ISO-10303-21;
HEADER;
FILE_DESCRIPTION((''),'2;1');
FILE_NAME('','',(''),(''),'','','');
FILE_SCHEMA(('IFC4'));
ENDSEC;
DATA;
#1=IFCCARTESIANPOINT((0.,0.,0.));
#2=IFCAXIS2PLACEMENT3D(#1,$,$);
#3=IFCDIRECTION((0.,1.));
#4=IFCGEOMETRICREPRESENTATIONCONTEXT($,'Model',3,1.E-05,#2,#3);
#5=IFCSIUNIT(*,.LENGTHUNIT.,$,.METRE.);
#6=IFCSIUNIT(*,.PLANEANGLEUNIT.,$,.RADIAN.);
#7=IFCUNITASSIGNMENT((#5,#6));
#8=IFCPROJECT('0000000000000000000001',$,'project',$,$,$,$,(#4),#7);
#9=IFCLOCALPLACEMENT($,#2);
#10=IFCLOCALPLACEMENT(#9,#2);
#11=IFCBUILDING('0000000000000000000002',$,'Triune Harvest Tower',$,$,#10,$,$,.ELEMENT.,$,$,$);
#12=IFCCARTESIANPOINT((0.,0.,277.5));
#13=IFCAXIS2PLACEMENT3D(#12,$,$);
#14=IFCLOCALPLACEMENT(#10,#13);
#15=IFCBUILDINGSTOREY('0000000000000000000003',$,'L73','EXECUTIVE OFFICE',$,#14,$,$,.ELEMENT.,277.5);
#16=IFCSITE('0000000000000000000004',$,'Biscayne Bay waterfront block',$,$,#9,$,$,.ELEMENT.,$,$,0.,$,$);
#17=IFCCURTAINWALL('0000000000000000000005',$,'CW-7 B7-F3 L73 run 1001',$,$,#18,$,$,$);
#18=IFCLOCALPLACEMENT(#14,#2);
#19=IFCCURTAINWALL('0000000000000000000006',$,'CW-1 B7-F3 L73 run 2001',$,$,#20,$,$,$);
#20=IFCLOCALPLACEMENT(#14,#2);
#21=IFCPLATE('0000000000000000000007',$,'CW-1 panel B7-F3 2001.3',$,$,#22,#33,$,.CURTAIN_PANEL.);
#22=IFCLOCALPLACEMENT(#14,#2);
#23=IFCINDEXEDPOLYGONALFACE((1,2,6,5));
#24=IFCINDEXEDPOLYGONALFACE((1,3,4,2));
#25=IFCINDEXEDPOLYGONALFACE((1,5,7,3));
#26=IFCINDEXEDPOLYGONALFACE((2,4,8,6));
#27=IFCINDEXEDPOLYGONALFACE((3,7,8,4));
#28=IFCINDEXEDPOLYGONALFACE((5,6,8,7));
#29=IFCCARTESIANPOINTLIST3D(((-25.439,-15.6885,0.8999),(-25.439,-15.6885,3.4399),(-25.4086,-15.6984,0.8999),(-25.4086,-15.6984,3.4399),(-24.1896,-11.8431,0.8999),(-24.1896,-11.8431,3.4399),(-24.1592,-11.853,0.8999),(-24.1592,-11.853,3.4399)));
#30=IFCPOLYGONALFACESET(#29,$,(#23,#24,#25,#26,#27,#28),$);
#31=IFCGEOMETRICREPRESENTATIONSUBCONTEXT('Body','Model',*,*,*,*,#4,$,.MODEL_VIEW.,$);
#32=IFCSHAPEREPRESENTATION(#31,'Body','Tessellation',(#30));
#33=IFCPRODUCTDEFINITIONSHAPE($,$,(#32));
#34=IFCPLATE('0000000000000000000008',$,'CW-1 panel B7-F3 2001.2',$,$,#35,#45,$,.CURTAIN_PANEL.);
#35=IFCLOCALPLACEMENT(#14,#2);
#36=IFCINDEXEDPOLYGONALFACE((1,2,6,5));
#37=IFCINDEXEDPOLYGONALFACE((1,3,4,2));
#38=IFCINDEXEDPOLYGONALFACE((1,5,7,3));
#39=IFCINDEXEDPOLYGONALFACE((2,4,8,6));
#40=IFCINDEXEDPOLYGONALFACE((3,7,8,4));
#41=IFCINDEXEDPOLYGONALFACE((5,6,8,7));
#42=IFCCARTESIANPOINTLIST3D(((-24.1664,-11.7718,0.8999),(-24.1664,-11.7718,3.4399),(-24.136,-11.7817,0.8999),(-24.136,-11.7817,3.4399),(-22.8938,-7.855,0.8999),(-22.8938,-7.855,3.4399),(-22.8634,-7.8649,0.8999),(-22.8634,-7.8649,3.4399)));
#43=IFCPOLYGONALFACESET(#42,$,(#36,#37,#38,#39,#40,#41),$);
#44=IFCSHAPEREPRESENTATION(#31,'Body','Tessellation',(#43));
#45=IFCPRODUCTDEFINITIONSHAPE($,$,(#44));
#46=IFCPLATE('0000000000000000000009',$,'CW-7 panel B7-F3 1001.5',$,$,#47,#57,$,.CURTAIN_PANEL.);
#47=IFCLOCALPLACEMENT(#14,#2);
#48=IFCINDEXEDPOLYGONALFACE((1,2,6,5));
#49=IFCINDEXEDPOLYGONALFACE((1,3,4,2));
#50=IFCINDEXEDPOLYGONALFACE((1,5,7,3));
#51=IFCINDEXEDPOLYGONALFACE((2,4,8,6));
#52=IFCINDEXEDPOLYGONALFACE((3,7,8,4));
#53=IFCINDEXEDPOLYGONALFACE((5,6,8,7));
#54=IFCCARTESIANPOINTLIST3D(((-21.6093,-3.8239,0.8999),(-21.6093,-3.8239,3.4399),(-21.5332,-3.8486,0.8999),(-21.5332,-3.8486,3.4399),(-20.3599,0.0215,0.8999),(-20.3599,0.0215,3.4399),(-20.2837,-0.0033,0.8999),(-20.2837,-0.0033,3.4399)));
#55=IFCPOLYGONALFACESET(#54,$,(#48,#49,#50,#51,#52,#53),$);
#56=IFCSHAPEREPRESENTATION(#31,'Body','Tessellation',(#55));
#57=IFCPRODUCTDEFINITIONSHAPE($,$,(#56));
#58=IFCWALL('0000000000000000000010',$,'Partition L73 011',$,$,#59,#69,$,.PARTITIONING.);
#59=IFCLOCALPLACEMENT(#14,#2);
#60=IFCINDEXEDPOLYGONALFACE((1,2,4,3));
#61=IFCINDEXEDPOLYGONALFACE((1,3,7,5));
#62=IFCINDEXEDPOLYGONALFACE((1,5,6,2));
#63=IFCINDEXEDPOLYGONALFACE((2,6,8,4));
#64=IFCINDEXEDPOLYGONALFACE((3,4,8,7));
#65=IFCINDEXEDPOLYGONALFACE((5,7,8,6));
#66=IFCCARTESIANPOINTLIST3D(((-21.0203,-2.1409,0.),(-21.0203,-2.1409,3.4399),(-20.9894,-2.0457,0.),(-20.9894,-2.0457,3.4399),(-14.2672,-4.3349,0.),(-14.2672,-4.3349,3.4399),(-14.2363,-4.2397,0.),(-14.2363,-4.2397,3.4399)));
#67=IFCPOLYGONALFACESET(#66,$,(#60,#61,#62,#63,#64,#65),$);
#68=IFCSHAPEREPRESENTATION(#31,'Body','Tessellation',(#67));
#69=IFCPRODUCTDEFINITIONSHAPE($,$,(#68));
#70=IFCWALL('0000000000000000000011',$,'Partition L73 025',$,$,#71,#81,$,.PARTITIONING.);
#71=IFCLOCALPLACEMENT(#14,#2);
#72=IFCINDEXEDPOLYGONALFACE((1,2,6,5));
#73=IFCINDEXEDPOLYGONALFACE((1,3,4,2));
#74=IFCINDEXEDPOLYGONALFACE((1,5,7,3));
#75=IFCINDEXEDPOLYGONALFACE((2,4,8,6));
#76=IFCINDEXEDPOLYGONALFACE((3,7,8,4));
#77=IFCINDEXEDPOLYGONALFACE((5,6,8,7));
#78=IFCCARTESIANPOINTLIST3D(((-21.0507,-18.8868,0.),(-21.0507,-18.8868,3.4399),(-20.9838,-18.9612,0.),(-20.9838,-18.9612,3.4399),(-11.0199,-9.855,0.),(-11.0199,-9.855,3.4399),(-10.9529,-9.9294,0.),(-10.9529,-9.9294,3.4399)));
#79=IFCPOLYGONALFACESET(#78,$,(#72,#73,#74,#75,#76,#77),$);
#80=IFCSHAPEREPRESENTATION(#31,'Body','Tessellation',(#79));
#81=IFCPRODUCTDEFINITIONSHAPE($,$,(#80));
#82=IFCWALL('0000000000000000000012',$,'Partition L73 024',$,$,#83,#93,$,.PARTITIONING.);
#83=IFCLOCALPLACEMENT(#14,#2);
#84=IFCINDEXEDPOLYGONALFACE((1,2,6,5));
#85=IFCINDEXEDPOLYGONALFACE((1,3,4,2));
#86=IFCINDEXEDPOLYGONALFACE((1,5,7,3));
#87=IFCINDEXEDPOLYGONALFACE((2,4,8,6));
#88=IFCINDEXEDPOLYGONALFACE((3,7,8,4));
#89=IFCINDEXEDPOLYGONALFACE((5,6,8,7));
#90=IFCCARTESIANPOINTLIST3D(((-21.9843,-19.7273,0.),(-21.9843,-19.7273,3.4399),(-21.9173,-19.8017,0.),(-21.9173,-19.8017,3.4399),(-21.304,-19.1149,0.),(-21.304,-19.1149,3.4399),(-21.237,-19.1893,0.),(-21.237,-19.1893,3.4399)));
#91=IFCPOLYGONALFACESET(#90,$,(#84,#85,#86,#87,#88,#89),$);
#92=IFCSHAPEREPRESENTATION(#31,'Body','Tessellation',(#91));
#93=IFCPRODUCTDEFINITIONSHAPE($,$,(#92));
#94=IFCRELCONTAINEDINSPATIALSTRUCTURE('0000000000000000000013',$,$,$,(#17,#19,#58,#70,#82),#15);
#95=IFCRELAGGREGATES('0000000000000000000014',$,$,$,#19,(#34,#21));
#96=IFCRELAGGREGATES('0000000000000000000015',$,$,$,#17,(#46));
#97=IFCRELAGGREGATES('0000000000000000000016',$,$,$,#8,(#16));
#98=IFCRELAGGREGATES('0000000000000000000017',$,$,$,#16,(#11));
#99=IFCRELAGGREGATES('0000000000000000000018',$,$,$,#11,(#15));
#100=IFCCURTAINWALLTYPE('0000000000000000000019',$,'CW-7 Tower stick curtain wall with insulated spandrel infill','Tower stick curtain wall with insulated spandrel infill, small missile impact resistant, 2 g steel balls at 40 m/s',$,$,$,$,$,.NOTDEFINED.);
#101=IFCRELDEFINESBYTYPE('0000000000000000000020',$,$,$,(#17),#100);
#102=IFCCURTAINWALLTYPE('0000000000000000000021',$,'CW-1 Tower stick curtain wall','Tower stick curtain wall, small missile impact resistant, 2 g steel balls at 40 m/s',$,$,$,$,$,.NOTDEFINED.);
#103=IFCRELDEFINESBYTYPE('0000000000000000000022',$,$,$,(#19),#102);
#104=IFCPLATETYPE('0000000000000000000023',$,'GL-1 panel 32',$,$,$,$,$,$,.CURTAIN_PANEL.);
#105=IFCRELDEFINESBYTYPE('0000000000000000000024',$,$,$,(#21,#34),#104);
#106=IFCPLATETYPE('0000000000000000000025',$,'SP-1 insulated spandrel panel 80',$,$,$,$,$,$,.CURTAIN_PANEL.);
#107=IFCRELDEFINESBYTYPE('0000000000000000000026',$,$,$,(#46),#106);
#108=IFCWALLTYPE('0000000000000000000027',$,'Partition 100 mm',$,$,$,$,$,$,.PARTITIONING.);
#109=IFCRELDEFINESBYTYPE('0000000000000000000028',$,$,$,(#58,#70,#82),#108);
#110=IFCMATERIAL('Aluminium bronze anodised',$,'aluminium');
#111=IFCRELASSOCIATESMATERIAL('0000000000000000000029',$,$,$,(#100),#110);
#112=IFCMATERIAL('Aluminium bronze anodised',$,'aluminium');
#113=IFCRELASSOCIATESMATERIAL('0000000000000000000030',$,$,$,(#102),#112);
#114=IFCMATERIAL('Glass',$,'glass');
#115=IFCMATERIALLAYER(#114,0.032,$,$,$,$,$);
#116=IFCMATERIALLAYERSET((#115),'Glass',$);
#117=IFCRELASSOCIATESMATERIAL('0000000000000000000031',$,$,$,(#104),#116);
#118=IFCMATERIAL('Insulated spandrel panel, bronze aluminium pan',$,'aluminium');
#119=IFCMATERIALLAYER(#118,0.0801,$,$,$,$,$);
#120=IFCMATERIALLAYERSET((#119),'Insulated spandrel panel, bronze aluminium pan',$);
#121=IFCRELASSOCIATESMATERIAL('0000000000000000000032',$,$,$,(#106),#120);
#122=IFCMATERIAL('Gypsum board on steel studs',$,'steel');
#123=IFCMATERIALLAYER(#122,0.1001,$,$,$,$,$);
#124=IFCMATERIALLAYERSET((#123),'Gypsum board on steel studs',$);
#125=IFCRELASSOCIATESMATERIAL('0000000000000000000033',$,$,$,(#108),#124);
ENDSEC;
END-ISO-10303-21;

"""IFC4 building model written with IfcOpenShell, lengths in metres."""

from ifc_helpers import new_model, si_unit, direction, frame, frame_2d, origin, origin_2d, place, context, subcontext, project, spatial, rectangle, extrude, source, transform, mapped, material, layer, layer_set, type_object, element, aggregate, save


model = new_model("IFC4")

# Units and contexts
model_context = context("Model", 3, precision=1e-05, world=origin(), true_north=direction((0.0, 1.0)))
body_context = subcontext(model_context, "Body", "Model", "MODEL_VIEW")
ifc_project = project(units=[si_unit("LENGTHUNIT", "METRE"), si_unit("PLANEANGLEUNIT", "RADIAN")], contexts=[model_context])

# Site, building, storey
site_placement = place(None, origin())
site = spatial("IfcSite", under=ifc_project, at=site_placement, Name="Biscayne Bay waterfront block", CompositionType="ELEMENT", RefElevation=0.0)
building_placement = place(site_placement, origin())
building = spatial("IfcBuilding", under=site, at=building_placement, Name="Triune Harvest Tower", CompositionType="ELEMENT")
storey_placement = place(building_placement, frame((0.0, 0.0, 277.5)))
storey = spatial("IfcBuildingStorey", under=building, at=storey_placement, Name="L73", Description="EXECUTIVE OFFICE", CompositionType="ELEMENT", Elevation=277.5)

# Curtain walls
ifc_material_1 = material(Name="Aluminium bronze anodised", Category="aluminium")
curtain_wall_type_1 = type_object("IfcCurtainWallType", Name="CW-7 Tower stick curtain wall with insulated spandrel infill", Description="Tower stick curtain wall with insulated spandrel infill, small missile impact resistant, 2 g steel balls at 40 m/s", PredefinedType="NOTDEFINED", material=ifc_material_1)
curtain_wall_1_placement = place(storey_placement, origin())
curtain_wall_1 = element("IfcCurtainWall", 1, at=curtain_wall_1_placement, inside=storey, type_object=curtain_wall_type_1, Name="CW-7 B7-F3 L73 run 1001")
ifc_material_2 = material(Name="Aluminium bronze anodised", Category="aluminium")
curtain_wall_type_2 = type_object("IfcCurtainWallType", Name="CW-1 Tower stick curtain wall", Description="Tower stick curtain wall, small missile impact resistant, 2 g steel balls at 40 m/s", PredefinedType="NOTDEFINED", material=ifc_material_2)
curtain_wall_2_placement = place(storey_placement, origin())
curtain_wall_2 = element("IfcCurtainWall", 2, at=curtain_wall_2_placement, inside=storey, type_object=curtain_wall_type_2, Name="CW-1 B7-F3 L73 run 2001")

# Plates
ifc_material_3 = material(Name="Glass", Category="glass")
ifc_layer_1 = layer(ifc_material_3, 0.032)
ifc_layer_set_1 = layer_set([ifc_layer_1], Name="Glass")
plate_type_1 = type_object("IfcPlateType", Name="GL-1 panel 32", PredefinedType="CURTAIN_PANEL", material=ifc_layer_set_1)
shared_shape_1 = source(origin(), body_context, "Body", "SweptSolid", [
    extrude(rectangle(XDim=4.0432, YDim=0.032, at=origin_2d()), origin(), (0.0, 0.0, 1.0), 2.54),
])
plate_1_placement = place(storey_placement, frame((-24.7991, -13.7708, 0.8999), z_axis=(0.0, 0.0, 1.0), x_axis=(-0.309013, -0.951058, 0.0)))
plate_1 = element("IfcPlate", 3, at=plate_1_placement, type_object=plate_type_1, Name="CW-1 panel B7-F3 2001.3", PredefinedType="CURTAIN_PANEL", context=body_context, shape_type="MappedRepresentation", body=[
    mapped(shared_shape_1, transform((0.0, 0.0, 0.0), scale=1.0)),
])
shared_shape_2 = source(origin(), body_context, "Body", "SweptSolid", [
    extrude(rectangle(XDim=4.1184, YDim=0.032, at=origin_2d()), origin(), (0.0, 0.0, 1.0), 2.54),
])
plate_2_placement = place(storey_placement, frame((-23.5149, -9.8184, 0.8999), z_axis=(0.0, 0.0, 1.0), x_axis=(-0.309013, -0.951058, 0.0)))
plate_2 = element("IfcPlate", 4, at=plate_2_placement, type_object=plate_type_1, Name="CW-1 panel B7-F3 2001.2", PredefinedType="CURTAIN_PANEL", context=body_context, shape_type="MappedRepresentation", body=[
    mapped(shared_shape_2, transform((0.0, 0.0, 0.0), scale=1.0)),
])
aggregate(curtain_wall_2, [plate_2, plate_1])
ifc_material_4 = material(Name="Insulated spandrel panel, bronze aluminium pan", Category="aluminium")
ifc_layer_2 = layer(ifc_material_4, 0.0801)
ifc_layer_set_2 = layer_set([ifc_layer_2], Name="Insulated spandrel panel, bronze aluminium pan")
plate_type_2 = type_object("IfcPlateType", Name="SP-1 insulated spandrel panel 80", PredefinedType="CURTAIN_PANEL", material=ifc_layer_set_2)
shared_shape_3 = source(origin(), body_context, "Body", "SweptSolid", [
    extrude(rectangle(XDim=4.0432, YDim=0.0801, at=origin_2d()), origin(), (0.0, 0.0, 1.0), 2.54),
])
plate_3_placement = place(storey_placement, frame((-20.9465, -1.9136, 0.8999), z_axis=(0.0, 0.0, 1.0), x_axis=(-0.30902, -0.951056, 0.0)))
plate_3 = element("IfcPlate", 5, at=plate_3_placement, type_object=plate_type_2, Name="CW-7 panel B7-F3 1001.5", PredefinedType="CURTAIN_PANEL", context=body_context, shape_type="MappedRepresentation", body=[
    mapped(shared_shape_3, transform((0.0, 0.0, 0.0), scale=1.0)),
])
aggregate(curtain_wall_1, [plate_3])

# Walls
ifc_material_5 = material(Name="Gypsum board on steel studs", Category="steel")
ifc_layer_3 = layer(ifc_material_5, 0.1001)
ifc_layer_set_3 = layer_set([ifc_layer_3], Name="Gypsum board on steel studs")
wall_type = type_object("IfcWallType", Name="Partition 100 mm", PredefinedType="PARTITIONING", material=ifc_layer_set_3)
wall_1_placement = place(storey_placement, frame((-21.0049, -2.0933, 0.0), z_axis=(0.0, 0.0, 1.0), x_axis=(0.951063, -0.308998, 0.0)))
element("IfcWall", 6, at=wall_1_placement, inside=storey, type_object=wall_type, Name="Partition L73 011", PredefinedType="PARTITIONING", context=body_context, shape_type="SweptSolid", body=[
    extrude(rectangle(XDim=7.1006, YDim=0.1001, at=frame_2d((3.5503, 0.0))), origin(), (0.0, 0.0, 1.0), 3.4399),
])
wall_2_placement = place(storey_placement, frame((-21.0173, -18.9241, 0.0), z_axis=(0.0, 0.0, 1.0), x_axis=(0.743145, 0.669131, 0.0)))
element("IfcWall", 7, at=wall_2_placement, inside=storey, type_object=wall_type, Name="Partition L73 025", PredefinedType="PARTITIONING", context=body_context, shape_type="SweptSolid", body=[
    extrude(rectangle(XDim=13.4978, YDim=0.1001, at=frame_2d((6.749, 0.0))), origin(), (0.0, 0.0, 1.0), 3.4399),
])
shared_shape_4 = source(origin(), body_context, "Body", "SweptSolid", [
    extrude(rectangle(XDim=0.9153, YDim=0.1001, at=frame_2d((0.4575, 0.0))), origin(), (0.0, 0.0, 1.0), 3.4399),
])
wall_3_placement = place(storey_placement, frame((-21.9507, -19.7644, 0.0), z_axis=(0.0, 0.0, 1.0), x_axis=(0.743215, 0.669053, 0.0)))
element("IfcWall", 8, at=wall_3_placement, inside=storey, type_object=wall_type, Name="Partition L73 024", PredefinedType="PARTITIONING", context=body_context, shape_type="MappedRepresentation", body=[
    mapped(shared_shape_4, transform((0.0, 0.0, 0.0), scale=1.0)),
])

save(model, "model.ifc")
